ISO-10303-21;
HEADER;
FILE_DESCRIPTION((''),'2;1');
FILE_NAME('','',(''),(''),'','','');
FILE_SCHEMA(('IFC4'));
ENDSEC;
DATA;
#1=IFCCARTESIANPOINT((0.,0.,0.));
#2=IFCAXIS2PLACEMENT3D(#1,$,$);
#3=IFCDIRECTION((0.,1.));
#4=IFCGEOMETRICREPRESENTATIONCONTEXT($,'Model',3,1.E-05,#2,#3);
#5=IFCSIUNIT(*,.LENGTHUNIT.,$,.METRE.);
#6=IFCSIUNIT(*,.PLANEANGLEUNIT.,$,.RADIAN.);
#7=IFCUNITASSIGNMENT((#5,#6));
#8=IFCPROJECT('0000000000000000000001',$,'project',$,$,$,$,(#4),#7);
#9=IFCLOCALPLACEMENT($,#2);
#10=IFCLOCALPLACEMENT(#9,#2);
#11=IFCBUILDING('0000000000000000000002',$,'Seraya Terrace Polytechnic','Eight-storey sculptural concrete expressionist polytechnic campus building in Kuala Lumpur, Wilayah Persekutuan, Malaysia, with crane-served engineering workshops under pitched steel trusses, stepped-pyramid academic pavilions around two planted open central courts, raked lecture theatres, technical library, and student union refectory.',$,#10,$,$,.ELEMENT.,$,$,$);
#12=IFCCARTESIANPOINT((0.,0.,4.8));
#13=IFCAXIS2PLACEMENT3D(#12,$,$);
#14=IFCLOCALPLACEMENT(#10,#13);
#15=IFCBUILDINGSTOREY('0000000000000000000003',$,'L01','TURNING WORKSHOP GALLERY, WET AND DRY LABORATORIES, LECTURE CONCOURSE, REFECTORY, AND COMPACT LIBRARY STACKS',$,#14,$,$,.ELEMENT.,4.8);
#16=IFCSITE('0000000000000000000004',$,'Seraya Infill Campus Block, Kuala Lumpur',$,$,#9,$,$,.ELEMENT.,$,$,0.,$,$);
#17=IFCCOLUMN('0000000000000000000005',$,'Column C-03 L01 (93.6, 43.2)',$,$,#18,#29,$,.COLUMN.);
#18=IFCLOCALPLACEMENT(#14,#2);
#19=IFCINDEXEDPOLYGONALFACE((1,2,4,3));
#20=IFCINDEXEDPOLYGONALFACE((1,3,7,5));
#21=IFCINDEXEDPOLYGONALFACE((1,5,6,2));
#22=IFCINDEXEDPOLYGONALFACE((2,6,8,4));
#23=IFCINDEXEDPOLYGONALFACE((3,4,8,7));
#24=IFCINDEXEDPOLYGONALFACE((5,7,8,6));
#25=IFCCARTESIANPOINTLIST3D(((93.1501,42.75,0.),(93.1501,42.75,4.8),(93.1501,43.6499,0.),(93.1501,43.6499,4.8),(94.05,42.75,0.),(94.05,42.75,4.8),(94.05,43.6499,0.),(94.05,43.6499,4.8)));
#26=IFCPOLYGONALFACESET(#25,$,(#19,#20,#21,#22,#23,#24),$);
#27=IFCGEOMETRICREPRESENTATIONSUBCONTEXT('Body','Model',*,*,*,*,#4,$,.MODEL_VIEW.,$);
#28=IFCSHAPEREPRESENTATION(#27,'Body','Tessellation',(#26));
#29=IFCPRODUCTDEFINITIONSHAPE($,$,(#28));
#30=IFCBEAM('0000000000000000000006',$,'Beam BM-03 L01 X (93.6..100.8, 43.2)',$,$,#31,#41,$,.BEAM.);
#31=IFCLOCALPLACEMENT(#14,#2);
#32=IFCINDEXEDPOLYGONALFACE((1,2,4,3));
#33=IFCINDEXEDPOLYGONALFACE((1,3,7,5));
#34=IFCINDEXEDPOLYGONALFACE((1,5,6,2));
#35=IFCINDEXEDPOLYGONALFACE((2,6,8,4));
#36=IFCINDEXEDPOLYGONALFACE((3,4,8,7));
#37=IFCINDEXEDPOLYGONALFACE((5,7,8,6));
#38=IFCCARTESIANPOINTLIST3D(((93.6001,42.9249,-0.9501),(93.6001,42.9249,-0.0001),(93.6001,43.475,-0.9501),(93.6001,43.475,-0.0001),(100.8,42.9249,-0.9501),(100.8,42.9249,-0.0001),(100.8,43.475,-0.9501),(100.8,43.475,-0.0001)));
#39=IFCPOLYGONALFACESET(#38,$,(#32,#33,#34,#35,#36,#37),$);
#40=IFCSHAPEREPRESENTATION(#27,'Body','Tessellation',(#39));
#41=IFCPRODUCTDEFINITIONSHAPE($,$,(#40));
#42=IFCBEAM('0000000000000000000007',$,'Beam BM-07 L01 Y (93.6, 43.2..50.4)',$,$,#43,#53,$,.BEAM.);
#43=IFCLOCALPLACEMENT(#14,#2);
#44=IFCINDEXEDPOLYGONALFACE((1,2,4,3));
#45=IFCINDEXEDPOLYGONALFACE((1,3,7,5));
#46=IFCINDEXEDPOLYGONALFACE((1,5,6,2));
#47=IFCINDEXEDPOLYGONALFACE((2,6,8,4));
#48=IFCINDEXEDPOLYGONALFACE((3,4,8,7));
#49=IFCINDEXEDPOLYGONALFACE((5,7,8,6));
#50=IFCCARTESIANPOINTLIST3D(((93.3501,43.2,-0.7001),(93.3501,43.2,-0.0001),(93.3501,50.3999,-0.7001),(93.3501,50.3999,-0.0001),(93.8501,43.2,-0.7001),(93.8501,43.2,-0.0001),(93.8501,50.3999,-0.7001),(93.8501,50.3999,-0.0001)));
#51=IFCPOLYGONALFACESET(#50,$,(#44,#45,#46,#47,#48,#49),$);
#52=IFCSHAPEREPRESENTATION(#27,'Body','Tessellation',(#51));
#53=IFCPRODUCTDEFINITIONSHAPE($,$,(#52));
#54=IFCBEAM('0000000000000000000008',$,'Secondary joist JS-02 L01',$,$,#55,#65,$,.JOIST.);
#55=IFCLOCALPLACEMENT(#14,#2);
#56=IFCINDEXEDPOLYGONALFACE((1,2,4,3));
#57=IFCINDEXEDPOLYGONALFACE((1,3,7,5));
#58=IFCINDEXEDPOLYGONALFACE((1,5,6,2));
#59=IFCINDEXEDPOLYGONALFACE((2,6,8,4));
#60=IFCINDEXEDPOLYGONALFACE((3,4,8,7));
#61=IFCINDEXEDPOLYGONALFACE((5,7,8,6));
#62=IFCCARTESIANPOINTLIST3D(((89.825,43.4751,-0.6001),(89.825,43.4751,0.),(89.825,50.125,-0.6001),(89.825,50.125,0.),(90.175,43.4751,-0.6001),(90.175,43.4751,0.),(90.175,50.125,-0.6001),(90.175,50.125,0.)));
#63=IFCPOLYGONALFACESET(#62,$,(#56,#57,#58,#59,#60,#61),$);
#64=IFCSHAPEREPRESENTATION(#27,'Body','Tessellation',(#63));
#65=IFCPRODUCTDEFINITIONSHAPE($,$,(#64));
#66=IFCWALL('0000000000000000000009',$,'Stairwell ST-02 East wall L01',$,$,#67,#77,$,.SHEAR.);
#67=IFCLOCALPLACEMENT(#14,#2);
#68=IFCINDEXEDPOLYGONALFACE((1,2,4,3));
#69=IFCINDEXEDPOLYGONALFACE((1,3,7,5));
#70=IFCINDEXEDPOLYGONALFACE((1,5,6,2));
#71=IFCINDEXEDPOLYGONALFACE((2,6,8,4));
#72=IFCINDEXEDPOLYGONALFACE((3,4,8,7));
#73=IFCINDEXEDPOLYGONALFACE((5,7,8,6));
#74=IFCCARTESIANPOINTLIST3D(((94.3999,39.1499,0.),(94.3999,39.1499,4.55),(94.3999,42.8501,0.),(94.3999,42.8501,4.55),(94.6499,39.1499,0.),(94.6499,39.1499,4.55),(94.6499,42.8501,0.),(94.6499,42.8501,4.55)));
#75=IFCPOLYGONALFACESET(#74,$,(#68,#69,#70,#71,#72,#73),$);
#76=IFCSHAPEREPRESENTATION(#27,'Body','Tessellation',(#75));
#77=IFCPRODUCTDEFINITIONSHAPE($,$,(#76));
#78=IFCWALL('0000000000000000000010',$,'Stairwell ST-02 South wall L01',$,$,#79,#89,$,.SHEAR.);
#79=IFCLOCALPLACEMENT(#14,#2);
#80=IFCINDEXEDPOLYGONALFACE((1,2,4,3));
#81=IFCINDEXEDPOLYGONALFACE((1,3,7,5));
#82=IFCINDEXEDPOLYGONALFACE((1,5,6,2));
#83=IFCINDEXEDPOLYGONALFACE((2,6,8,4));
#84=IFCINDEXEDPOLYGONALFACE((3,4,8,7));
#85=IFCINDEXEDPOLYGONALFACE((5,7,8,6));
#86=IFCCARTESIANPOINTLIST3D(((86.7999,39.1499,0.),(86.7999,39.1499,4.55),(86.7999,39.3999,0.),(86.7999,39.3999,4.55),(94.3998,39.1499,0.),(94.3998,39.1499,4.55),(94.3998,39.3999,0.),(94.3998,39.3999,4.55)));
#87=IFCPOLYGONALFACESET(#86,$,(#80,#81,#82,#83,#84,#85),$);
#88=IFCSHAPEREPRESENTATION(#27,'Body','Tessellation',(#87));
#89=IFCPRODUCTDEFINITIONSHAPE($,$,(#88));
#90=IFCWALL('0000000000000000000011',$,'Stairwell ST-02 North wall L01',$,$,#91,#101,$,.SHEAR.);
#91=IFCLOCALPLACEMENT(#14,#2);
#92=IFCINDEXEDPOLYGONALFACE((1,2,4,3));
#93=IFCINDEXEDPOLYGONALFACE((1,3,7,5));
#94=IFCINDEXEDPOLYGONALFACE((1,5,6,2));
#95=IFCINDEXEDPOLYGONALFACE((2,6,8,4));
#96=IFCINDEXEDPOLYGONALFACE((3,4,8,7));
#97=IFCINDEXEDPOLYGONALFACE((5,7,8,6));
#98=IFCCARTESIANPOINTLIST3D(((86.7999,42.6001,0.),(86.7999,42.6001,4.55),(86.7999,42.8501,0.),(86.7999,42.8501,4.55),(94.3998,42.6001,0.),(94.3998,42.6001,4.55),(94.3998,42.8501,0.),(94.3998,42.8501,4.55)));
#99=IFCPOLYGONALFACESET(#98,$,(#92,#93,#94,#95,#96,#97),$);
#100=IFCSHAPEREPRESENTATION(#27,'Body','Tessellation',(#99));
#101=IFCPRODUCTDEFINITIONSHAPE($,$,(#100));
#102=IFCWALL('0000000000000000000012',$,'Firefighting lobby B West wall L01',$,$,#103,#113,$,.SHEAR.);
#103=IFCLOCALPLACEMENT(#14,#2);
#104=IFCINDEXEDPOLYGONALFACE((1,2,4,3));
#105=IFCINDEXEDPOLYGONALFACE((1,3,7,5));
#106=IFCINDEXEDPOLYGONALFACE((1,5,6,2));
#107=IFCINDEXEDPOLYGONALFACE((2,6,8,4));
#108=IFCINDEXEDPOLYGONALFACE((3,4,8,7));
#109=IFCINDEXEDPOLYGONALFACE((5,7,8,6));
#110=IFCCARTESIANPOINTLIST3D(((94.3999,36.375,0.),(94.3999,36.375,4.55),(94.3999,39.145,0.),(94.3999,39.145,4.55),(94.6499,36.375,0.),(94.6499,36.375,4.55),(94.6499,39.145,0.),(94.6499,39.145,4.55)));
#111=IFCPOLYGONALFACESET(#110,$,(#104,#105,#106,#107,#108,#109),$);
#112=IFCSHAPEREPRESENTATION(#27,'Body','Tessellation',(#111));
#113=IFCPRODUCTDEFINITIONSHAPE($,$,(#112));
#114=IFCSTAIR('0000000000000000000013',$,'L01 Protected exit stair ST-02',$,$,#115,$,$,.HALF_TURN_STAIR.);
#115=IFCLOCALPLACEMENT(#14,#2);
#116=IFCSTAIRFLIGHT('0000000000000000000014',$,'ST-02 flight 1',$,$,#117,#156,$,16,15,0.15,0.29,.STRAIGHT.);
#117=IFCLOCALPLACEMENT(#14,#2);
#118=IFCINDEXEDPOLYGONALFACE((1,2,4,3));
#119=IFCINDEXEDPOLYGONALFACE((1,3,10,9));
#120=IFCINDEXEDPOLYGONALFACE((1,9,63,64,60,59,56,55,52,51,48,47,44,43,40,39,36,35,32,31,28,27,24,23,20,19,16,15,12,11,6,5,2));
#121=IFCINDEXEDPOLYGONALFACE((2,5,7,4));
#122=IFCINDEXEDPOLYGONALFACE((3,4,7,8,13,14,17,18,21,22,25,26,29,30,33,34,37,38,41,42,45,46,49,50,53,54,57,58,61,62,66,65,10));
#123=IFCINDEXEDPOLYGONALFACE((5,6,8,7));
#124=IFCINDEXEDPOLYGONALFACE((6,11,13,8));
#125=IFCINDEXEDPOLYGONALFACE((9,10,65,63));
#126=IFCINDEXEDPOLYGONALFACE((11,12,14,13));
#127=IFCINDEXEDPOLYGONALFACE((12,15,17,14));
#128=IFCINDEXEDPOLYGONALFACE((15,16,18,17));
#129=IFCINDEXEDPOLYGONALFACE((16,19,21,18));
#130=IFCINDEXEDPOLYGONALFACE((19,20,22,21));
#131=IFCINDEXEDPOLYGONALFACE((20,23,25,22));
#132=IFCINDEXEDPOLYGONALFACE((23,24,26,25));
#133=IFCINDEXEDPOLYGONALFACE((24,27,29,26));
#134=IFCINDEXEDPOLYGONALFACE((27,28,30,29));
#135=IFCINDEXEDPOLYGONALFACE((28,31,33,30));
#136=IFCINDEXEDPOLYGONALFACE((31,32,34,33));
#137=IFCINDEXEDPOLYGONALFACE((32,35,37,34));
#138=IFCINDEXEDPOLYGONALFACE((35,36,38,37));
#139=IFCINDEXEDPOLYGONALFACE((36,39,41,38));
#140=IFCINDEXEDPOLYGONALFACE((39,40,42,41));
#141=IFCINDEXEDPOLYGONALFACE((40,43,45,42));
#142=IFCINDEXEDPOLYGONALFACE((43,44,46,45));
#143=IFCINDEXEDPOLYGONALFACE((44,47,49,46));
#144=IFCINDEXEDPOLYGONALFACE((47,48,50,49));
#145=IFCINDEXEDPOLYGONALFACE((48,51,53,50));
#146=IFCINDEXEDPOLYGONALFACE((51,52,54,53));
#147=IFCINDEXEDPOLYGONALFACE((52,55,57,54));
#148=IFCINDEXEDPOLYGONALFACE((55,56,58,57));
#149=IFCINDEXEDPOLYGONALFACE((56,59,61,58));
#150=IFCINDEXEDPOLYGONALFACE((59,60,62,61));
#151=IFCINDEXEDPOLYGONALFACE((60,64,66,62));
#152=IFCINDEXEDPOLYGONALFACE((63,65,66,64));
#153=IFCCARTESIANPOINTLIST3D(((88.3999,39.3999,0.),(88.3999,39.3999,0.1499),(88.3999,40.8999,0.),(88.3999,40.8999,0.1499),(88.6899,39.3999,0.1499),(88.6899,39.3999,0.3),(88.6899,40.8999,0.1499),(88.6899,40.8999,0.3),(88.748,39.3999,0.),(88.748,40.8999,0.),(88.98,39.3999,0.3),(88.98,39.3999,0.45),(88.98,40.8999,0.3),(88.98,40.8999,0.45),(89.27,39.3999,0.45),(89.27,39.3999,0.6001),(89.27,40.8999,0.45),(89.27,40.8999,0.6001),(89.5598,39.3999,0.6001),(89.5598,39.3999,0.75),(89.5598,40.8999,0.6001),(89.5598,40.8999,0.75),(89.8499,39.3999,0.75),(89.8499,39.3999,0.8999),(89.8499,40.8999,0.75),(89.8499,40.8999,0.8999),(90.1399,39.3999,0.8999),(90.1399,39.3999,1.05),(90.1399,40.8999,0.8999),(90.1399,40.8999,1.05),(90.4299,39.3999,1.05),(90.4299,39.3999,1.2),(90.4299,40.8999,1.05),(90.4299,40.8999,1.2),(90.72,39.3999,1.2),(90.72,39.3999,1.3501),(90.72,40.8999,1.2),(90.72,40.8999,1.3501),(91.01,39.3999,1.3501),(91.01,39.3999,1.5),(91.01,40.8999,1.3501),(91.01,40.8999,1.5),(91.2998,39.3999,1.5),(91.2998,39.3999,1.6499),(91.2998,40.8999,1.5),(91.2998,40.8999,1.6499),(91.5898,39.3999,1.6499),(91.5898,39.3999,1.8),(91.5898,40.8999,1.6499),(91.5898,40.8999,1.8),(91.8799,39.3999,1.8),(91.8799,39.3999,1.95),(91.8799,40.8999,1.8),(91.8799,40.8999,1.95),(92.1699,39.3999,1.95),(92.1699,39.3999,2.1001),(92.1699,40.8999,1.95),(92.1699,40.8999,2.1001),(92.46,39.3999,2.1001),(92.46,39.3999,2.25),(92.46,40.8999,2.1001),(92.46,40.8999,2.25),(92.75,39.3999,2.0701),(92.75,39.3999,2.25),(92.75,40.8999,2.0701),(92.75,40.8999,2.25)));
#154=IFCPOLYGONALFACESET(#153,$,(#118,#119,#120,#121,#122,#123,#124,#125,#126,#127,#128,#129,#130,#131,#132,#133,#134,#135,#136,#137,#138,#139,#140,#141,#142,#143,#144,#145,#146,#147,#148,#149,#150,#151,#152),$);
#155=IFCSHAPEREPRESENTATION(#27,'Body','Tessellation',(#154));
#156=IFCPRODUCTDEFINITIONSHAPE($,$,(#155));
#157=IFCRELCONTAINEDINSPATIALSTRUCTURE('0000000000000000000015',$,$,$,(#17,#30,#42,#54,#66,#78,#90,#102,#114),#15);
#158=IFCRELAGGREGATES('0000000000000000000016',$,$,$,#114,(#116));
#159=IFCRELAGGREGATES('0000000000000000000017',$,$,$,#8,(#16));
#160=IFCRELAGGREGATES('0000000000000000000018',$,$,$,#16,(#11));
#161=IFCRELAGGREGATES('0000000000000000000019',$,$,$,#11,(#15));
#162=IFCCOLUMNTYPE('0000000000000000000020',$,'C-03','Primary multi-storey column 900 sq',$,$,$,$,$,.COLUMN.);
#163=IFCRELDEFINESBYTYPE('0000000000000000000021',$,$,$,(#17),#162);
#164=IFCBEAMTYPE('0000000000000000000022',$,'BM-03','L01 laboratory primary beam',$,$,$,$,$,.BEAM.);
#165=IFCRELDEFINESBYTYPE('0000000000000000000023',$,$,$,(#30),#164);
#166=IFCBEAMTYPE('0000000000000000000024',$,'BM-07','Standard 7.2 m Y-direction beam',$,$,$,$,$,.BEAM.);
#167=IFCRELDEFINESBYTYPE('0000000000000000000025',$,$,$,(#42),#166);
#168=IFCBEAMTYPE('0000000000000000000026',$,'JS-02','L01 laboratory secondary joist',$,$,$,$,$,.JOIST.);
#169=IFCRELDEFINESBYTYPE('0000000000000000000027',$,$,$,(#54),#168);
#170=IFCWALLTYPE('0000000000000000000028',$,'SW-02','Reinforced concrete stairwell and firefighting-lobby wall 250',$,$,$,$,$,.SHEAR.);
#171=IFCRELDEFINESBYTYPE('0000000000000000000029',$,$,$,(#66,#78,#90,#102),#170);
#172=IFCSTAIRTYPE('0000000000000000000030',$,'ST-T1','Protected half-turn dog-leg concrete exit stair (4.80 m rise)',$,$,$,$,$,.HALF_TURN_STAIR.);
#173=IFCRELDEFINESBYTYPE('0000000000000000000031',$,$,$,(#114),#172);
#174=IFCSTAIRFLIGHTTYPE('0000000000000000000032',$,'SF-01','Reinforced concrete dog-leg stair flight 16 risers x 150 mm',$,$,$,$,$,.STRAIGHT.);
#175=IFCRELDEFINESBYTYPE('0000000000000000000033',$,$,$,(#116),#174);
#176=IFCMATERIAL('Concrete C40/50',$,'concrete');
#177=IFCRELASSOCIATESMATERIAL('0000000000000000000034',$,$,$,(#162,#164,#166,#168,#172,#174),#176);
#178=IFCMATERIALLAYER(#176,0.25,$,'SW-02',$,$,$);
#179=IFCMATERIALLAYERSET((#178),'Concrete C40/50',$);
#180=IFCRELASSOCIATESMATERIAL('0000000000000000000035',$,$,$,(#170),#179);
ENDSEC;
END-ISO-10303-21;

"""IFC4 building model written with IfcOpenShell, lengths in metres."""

from ifc_helpers import new_model, si_unit, direction, frame, frame_2d, origin, origin_2d, place, context, subcontext, project, spatial, polyline, rectangle, outline, extrude, material, layer, layer_set, material_profile, profile_set, type_object, element, aggregate, save


model = new_model("IFC4")

# Units and contexts
model_context = context("Model", 3, precision=1e-05, world=origin(), true_north=direction((0.0, 1.0)))
body_context = subcontext(model_context, "Body", "Model", "MODEL_VIEW")
ifc_project = project(units=[si_unit("LENGTHUNIT", "METRE"), si_unit("PLANEANGLEUNIT", "RADIAN")], contexts=[model_context])

# Site, building, storey
site_placement = place(None, origin())
site = spatial("IfcSite", under=ifc_project, at=site_placement, Name="Seraya Infill Campus Block, Kuala Lumpur", CompositionType="ELEMENT", RefElevation=0.0)
building_placement = place(site_placement, origin())
building = spatial("IfcBuilding", under=site, at=building_placement, Name="Seraya Terrace Polytechnic", Description="Eight-storey sculptural concrete expressionist polytechnic campus building in Kuala Lumpur, Wilayah Persekutuan, Malaysia, with crane-served engineering workshops under pitched steel trusses, stepped-pyramid academic pavilions around two planted open central courts, raked lecture theatres, technical library, and student union refectory.", CompositionType="ELEMENT")
storey_placement = place(building_placement, frame((0.0, 0.0, 4.8)))
storey = spatial("IfcBuildingStorey", under=building, at=storey_placement, Name="L01", Description="TURNING WORKSHOP GALLERY, WET AND DRY LABORATORIES, LECTURE CONCOURSE, REFECTORY, AND COMPACT LIBRARY STACKS", CompositionType="ELEMENT", Elevation=4.8)

# Column
ifc_material_1 = material(Name="Concrete C40/50", Category="concrete")
ifc_material_profile_1 = material_profile(ifc_material_1, rectangle(XDim=0.8999, YDim=0.8999, at=origin_2d()), Name="RC 900x900")
ifc_profile_set_1 = profile_set([ifc_material_profile_1], Name="Concrete C40/50")
column_type = type_object("IfcColumnType", Name="C-03", Description="Primary multi-storey column 900 sq", PredefinedType="COLUMN", material=ifc_profile_set_1)
column_placement = place(storey_placement, frame((93.6001, 43.2, 0.0), z_axis=(0.0, 0.0, 1.0), x_axis=(1.0, 0.0, 0.0)))
element("IfcColumn", 1, at=column_placement, inside=storey, type_object=column_type, Name="Column C-03 L01 (93.6, 43.2)", PredefinedType="COLUMN", context=body_context, shape_type="SweptSolid", body=[
    extrude(rectangle(XDim=0.8999, YDim=0.8999, at=origin_2d()), origin(), (0.0, 0.0, 1.0), 4.8),
])

# Beams
ifc_material_profile_2 = material_profile(ifc_material_1, rectangle(XDim=0.55, YDim=0.95, at=origin_2d()), Name="RC 550x950")
ifc_profile_set_2 = profile_set([ifc_material_profile_2], Name="Concrete C40/50")
beam_type_1 = type_object("IfcBeamType", Name="BM-03", Description="L01 laboratory primary beam", PredefinedType="BEAM", material=ifc_profile_set_2)
beam_1_placement = place(storey_placement, frame((93.6001, 43.2, -0.4751), z_axis=(1.0, 0.0, 0.0), x_axis=(0.0, 1.0, 0.0)))
element("IfcBeam", 2, at=beam_1_placement, inside=storey, type_object=beam_type_1, Name="Beam BM-03 L01 X (93.6..100.8, 43.2)", PredefinedType="BEAM", context=body_context, shape_type="SweptSolid", body=[
    extrude(rectangle(XDim=0.55, YDim=0.95, at=origin_2d()), origin(), (0.0, 0.0, 1.0), 7.2),
])
ifc_material_profile_3 = material_profile(ifc_material_1, rectangle(XDim=0.5, YDim=0.7, at=origin_2d()), Name="RC 500x700")
ifc_profile_set_3 = profile_set([ifc_material_profile_3], Name="Concrete C40/50")
beam_type_2 = type_object("IfcBeamType", Name="BM-07", Description="Standard 7.2 m Y-direction beam", PredefinedType="BEAM", material=ifc_profile_set_3)
beam_2_placement = place(storey_placement, frame((93.6001, 43.2, -0.3501), z_axis=(0.0, 1.0, 0.0), x_axis=(-1.0, 0.0, 0.0)))
element("IfcBeam", 3, at=beam_2_placement, inside=storey, type_object=beam_type_2, Name="Beam BM-07 L01 Y (93.6, 43.2..50.4)", PredefinedType="BEAM", context=body_context, shape_type="SweptSolid", body=[
    extrude(rectangle(XDim=0.5, YDim=0.7, at=origin_2d()), origin(), (0.0, 0.0, 1.0), 7.2),
])
ifc_material_profile_4 = material_profile(ifc_material_1, rectangle(XDim=0.3501, YDim=0.6001, at=origin_2d()), Name="RC 350x600")
ifc_profile_set_4 = profile_set([ifc_material_profile_4], Name="Concrete C40/50")
beam_type_3 = type_object("IfcBeamType", Name="JS-02", Description="L01 laboratory secondary joist", PredefinedType="JOIST", material=ifc_profile_set_4)
beam_3_placement = place(storey_placement, frame((90.0, 43.4751, -0.3), z_axis=(0.0, 1.0, 0.0), x_axis=(-1.0, 0.0, 0.0)))
element("IfcBeam", 4, at=beam_3_placement, inside=storey, type_object=beam_type_3, Name="Secondary joist JS-02 L01", PredefinedType="JOIST", context=body_context, shape_type="SweptSolid", body=[
    extrude(rectangle(XDim=0.3501, YDim=0.6001, at=origin_2d()), origin(), (0.0, 0.0, 1.0), 6.6499),
])

# Shared definitions
ifc_layer = layer(ifc_material_1, 0.25, Name="SW-02")
ifc_layer_set = layer_set([ifc_layer], Name="Concrete C40/50")
wall_type = type_object("IfcWallType", Name="SW-02", Description="Reinforced concrete stairwell and firefighting-lobby wall 250", PredefinedType="SHEAR", material=ifc_layer_set)

# Walls
wall_1_placement = place(storey_placement, frame((94.5249, 39.1499, 0.0), z_axis=(0.0, 0.0, 1.0), x_axis=(0.0, 1.0, 0.0)))
element("IfcWall", 5, at=wall_1_placement, inside=storey, type_object=wall_type, Name="Stairwell ST-02 East wall L01", PredefinedType="SHEAR", context=body_context, shape_type="SweptSolid", body=[
    extrude(rectangle(XDim=3.7002, YDim=0.25, at=frame_2d((1.8501, 0.0))), origin(), (0.0, 0.0, 1.0), 4.55),
])
for number, where, z_axis, x_axis, name in (
    (6, (86.8, 39.2749, 0.0), (0.0, 0.0, 1.0), (1.0, 0.0, 0.0), "Stairwell ST-02 South wall L01"),
    (7, (86.8, 42.7251, 0.0), (0.0, 0.0, 1.0), (1.0, 0.0, 0.0), "Stairwell ST-02 North wall L01"),
):
    element("IfcWall", number, at=place(storey_placement, frame(where, z_axis=z_axis, x_axis=x_axis)), inside=storey, type_object=wall_type, Name=name, PredefinedType="SHEAR", context=body_context, shape_type="SweptSolid", body=[
        extrude(rectangle(XDim=7.5999, YDim=0.25, at=frame_2d((3.7998, 0.0))), origin(), (0.0, 0.0, 1.0), 4.55),
    ])

# Wall
wall_2_placement = place(storey_placement, frame((94.5249, 36.375, 0.0), z_axis=(0.0, 0.0, 1.0), x_axis=(0.0, 1.0, 0.0)))
element("IfcWall", 8, at=wall_2_placement, inside=storey, type_object=wall_type, Name="Firefighting lobby B West wall L01", PredefinedType="SHEAR", context=body_context, shape_type="SweptSolid", body=[
    extrude(rectangle(XDim=2.77, YDim=0.25, at=frame_2d((1.385, 0.0))), origin(), (0.0, 0.0, 1.0), 4.55),
])

# Stair, stair flight
stair_type = type_object("IfcStairType", Name="ST-T1", Description="Protected half-turn dog-leg concrete exit stair (4.80 m rise)", PredefinedType="HALF_TURN_STAIR", material=ifc_material_1)
stair_placement = place(storey_placement, origin())
stair = element("IfcStair", 9, at=stair_placement, inside=storey, type_object=stair_type, Name="L01 Protected exit stair ST-02", PredefinedType="HALF_TURN_STAIR")
stair_flight_type = type_object("IfcStairFlightType", Name="SF-01", Description="Reinforced concrete dog-leg stair flight 16 risers x 150 mm", PredefinedType="STRAIGHT", material=ifc_material_1)
stair_flight_1_placement = place(storey_placement, frame((88.3999, 40.1499, 0.0), z_axis=(0.0, 0.0, 1.0), x_axis=(1.0, 0.0, 0.0)))
stair_flight_1 = element("IfcStairFlight", 10, at=stair_flight_1_placement, type_object=stair_flight_type, Name="ST-02 flight 1", NumberOfRisers=16, NumberOfTreads=15, PredefinedType="STRAIGHT", RiserHeight=0.15, TreadLength=0.29, context=body_context, shape_type="SweptSolid", body=[
    extrude(outline(polyline([(0.0, 0.0), (0.0, 0.1499), (0.29, 0.1499), (0.29, 0.3), (0.5801, 0.3), (0.5801, 0.45), (0.8701, 0.45), (0.8701, 0.6001), (1.1599, 0.6001), (1.1599, 0.75), (1.45, 0.75), (1.45, 0.8999), (1.74, 0.8999), (1.74, 1.05), (2.03, 1.05), (2.03, 1.2), (2.3201, 1.2), (2.3201, 1.3501), (2.6101, 1.3501), (2.6101, 1.5), (2.8999, 1.5), (2.8999, 1.6499), (3.1899, 1.6499), (3.1899, 1.8), (3.48, 1.8), (3.48, 1.95), (3.77, 1.95), (3.77, 2.1001), (4.0601, 2.1001), (4.0601, 2.25), (4.3501, 2.25), (4.3501, 2.3999), (4.3501, 2.0701), (0.3481, 0.0), (0.0, 0.0)])), frame((0.0, 0.75, 0.0), z_axis=(0.0, -1.0, 0.0), x_axis=(1.0, 0.0, 0.0)), (0.0, 0.0, 1.0), 1.5),
])
aggregate(stair, [stair_flight_1])

save(model, "model.ifc")
